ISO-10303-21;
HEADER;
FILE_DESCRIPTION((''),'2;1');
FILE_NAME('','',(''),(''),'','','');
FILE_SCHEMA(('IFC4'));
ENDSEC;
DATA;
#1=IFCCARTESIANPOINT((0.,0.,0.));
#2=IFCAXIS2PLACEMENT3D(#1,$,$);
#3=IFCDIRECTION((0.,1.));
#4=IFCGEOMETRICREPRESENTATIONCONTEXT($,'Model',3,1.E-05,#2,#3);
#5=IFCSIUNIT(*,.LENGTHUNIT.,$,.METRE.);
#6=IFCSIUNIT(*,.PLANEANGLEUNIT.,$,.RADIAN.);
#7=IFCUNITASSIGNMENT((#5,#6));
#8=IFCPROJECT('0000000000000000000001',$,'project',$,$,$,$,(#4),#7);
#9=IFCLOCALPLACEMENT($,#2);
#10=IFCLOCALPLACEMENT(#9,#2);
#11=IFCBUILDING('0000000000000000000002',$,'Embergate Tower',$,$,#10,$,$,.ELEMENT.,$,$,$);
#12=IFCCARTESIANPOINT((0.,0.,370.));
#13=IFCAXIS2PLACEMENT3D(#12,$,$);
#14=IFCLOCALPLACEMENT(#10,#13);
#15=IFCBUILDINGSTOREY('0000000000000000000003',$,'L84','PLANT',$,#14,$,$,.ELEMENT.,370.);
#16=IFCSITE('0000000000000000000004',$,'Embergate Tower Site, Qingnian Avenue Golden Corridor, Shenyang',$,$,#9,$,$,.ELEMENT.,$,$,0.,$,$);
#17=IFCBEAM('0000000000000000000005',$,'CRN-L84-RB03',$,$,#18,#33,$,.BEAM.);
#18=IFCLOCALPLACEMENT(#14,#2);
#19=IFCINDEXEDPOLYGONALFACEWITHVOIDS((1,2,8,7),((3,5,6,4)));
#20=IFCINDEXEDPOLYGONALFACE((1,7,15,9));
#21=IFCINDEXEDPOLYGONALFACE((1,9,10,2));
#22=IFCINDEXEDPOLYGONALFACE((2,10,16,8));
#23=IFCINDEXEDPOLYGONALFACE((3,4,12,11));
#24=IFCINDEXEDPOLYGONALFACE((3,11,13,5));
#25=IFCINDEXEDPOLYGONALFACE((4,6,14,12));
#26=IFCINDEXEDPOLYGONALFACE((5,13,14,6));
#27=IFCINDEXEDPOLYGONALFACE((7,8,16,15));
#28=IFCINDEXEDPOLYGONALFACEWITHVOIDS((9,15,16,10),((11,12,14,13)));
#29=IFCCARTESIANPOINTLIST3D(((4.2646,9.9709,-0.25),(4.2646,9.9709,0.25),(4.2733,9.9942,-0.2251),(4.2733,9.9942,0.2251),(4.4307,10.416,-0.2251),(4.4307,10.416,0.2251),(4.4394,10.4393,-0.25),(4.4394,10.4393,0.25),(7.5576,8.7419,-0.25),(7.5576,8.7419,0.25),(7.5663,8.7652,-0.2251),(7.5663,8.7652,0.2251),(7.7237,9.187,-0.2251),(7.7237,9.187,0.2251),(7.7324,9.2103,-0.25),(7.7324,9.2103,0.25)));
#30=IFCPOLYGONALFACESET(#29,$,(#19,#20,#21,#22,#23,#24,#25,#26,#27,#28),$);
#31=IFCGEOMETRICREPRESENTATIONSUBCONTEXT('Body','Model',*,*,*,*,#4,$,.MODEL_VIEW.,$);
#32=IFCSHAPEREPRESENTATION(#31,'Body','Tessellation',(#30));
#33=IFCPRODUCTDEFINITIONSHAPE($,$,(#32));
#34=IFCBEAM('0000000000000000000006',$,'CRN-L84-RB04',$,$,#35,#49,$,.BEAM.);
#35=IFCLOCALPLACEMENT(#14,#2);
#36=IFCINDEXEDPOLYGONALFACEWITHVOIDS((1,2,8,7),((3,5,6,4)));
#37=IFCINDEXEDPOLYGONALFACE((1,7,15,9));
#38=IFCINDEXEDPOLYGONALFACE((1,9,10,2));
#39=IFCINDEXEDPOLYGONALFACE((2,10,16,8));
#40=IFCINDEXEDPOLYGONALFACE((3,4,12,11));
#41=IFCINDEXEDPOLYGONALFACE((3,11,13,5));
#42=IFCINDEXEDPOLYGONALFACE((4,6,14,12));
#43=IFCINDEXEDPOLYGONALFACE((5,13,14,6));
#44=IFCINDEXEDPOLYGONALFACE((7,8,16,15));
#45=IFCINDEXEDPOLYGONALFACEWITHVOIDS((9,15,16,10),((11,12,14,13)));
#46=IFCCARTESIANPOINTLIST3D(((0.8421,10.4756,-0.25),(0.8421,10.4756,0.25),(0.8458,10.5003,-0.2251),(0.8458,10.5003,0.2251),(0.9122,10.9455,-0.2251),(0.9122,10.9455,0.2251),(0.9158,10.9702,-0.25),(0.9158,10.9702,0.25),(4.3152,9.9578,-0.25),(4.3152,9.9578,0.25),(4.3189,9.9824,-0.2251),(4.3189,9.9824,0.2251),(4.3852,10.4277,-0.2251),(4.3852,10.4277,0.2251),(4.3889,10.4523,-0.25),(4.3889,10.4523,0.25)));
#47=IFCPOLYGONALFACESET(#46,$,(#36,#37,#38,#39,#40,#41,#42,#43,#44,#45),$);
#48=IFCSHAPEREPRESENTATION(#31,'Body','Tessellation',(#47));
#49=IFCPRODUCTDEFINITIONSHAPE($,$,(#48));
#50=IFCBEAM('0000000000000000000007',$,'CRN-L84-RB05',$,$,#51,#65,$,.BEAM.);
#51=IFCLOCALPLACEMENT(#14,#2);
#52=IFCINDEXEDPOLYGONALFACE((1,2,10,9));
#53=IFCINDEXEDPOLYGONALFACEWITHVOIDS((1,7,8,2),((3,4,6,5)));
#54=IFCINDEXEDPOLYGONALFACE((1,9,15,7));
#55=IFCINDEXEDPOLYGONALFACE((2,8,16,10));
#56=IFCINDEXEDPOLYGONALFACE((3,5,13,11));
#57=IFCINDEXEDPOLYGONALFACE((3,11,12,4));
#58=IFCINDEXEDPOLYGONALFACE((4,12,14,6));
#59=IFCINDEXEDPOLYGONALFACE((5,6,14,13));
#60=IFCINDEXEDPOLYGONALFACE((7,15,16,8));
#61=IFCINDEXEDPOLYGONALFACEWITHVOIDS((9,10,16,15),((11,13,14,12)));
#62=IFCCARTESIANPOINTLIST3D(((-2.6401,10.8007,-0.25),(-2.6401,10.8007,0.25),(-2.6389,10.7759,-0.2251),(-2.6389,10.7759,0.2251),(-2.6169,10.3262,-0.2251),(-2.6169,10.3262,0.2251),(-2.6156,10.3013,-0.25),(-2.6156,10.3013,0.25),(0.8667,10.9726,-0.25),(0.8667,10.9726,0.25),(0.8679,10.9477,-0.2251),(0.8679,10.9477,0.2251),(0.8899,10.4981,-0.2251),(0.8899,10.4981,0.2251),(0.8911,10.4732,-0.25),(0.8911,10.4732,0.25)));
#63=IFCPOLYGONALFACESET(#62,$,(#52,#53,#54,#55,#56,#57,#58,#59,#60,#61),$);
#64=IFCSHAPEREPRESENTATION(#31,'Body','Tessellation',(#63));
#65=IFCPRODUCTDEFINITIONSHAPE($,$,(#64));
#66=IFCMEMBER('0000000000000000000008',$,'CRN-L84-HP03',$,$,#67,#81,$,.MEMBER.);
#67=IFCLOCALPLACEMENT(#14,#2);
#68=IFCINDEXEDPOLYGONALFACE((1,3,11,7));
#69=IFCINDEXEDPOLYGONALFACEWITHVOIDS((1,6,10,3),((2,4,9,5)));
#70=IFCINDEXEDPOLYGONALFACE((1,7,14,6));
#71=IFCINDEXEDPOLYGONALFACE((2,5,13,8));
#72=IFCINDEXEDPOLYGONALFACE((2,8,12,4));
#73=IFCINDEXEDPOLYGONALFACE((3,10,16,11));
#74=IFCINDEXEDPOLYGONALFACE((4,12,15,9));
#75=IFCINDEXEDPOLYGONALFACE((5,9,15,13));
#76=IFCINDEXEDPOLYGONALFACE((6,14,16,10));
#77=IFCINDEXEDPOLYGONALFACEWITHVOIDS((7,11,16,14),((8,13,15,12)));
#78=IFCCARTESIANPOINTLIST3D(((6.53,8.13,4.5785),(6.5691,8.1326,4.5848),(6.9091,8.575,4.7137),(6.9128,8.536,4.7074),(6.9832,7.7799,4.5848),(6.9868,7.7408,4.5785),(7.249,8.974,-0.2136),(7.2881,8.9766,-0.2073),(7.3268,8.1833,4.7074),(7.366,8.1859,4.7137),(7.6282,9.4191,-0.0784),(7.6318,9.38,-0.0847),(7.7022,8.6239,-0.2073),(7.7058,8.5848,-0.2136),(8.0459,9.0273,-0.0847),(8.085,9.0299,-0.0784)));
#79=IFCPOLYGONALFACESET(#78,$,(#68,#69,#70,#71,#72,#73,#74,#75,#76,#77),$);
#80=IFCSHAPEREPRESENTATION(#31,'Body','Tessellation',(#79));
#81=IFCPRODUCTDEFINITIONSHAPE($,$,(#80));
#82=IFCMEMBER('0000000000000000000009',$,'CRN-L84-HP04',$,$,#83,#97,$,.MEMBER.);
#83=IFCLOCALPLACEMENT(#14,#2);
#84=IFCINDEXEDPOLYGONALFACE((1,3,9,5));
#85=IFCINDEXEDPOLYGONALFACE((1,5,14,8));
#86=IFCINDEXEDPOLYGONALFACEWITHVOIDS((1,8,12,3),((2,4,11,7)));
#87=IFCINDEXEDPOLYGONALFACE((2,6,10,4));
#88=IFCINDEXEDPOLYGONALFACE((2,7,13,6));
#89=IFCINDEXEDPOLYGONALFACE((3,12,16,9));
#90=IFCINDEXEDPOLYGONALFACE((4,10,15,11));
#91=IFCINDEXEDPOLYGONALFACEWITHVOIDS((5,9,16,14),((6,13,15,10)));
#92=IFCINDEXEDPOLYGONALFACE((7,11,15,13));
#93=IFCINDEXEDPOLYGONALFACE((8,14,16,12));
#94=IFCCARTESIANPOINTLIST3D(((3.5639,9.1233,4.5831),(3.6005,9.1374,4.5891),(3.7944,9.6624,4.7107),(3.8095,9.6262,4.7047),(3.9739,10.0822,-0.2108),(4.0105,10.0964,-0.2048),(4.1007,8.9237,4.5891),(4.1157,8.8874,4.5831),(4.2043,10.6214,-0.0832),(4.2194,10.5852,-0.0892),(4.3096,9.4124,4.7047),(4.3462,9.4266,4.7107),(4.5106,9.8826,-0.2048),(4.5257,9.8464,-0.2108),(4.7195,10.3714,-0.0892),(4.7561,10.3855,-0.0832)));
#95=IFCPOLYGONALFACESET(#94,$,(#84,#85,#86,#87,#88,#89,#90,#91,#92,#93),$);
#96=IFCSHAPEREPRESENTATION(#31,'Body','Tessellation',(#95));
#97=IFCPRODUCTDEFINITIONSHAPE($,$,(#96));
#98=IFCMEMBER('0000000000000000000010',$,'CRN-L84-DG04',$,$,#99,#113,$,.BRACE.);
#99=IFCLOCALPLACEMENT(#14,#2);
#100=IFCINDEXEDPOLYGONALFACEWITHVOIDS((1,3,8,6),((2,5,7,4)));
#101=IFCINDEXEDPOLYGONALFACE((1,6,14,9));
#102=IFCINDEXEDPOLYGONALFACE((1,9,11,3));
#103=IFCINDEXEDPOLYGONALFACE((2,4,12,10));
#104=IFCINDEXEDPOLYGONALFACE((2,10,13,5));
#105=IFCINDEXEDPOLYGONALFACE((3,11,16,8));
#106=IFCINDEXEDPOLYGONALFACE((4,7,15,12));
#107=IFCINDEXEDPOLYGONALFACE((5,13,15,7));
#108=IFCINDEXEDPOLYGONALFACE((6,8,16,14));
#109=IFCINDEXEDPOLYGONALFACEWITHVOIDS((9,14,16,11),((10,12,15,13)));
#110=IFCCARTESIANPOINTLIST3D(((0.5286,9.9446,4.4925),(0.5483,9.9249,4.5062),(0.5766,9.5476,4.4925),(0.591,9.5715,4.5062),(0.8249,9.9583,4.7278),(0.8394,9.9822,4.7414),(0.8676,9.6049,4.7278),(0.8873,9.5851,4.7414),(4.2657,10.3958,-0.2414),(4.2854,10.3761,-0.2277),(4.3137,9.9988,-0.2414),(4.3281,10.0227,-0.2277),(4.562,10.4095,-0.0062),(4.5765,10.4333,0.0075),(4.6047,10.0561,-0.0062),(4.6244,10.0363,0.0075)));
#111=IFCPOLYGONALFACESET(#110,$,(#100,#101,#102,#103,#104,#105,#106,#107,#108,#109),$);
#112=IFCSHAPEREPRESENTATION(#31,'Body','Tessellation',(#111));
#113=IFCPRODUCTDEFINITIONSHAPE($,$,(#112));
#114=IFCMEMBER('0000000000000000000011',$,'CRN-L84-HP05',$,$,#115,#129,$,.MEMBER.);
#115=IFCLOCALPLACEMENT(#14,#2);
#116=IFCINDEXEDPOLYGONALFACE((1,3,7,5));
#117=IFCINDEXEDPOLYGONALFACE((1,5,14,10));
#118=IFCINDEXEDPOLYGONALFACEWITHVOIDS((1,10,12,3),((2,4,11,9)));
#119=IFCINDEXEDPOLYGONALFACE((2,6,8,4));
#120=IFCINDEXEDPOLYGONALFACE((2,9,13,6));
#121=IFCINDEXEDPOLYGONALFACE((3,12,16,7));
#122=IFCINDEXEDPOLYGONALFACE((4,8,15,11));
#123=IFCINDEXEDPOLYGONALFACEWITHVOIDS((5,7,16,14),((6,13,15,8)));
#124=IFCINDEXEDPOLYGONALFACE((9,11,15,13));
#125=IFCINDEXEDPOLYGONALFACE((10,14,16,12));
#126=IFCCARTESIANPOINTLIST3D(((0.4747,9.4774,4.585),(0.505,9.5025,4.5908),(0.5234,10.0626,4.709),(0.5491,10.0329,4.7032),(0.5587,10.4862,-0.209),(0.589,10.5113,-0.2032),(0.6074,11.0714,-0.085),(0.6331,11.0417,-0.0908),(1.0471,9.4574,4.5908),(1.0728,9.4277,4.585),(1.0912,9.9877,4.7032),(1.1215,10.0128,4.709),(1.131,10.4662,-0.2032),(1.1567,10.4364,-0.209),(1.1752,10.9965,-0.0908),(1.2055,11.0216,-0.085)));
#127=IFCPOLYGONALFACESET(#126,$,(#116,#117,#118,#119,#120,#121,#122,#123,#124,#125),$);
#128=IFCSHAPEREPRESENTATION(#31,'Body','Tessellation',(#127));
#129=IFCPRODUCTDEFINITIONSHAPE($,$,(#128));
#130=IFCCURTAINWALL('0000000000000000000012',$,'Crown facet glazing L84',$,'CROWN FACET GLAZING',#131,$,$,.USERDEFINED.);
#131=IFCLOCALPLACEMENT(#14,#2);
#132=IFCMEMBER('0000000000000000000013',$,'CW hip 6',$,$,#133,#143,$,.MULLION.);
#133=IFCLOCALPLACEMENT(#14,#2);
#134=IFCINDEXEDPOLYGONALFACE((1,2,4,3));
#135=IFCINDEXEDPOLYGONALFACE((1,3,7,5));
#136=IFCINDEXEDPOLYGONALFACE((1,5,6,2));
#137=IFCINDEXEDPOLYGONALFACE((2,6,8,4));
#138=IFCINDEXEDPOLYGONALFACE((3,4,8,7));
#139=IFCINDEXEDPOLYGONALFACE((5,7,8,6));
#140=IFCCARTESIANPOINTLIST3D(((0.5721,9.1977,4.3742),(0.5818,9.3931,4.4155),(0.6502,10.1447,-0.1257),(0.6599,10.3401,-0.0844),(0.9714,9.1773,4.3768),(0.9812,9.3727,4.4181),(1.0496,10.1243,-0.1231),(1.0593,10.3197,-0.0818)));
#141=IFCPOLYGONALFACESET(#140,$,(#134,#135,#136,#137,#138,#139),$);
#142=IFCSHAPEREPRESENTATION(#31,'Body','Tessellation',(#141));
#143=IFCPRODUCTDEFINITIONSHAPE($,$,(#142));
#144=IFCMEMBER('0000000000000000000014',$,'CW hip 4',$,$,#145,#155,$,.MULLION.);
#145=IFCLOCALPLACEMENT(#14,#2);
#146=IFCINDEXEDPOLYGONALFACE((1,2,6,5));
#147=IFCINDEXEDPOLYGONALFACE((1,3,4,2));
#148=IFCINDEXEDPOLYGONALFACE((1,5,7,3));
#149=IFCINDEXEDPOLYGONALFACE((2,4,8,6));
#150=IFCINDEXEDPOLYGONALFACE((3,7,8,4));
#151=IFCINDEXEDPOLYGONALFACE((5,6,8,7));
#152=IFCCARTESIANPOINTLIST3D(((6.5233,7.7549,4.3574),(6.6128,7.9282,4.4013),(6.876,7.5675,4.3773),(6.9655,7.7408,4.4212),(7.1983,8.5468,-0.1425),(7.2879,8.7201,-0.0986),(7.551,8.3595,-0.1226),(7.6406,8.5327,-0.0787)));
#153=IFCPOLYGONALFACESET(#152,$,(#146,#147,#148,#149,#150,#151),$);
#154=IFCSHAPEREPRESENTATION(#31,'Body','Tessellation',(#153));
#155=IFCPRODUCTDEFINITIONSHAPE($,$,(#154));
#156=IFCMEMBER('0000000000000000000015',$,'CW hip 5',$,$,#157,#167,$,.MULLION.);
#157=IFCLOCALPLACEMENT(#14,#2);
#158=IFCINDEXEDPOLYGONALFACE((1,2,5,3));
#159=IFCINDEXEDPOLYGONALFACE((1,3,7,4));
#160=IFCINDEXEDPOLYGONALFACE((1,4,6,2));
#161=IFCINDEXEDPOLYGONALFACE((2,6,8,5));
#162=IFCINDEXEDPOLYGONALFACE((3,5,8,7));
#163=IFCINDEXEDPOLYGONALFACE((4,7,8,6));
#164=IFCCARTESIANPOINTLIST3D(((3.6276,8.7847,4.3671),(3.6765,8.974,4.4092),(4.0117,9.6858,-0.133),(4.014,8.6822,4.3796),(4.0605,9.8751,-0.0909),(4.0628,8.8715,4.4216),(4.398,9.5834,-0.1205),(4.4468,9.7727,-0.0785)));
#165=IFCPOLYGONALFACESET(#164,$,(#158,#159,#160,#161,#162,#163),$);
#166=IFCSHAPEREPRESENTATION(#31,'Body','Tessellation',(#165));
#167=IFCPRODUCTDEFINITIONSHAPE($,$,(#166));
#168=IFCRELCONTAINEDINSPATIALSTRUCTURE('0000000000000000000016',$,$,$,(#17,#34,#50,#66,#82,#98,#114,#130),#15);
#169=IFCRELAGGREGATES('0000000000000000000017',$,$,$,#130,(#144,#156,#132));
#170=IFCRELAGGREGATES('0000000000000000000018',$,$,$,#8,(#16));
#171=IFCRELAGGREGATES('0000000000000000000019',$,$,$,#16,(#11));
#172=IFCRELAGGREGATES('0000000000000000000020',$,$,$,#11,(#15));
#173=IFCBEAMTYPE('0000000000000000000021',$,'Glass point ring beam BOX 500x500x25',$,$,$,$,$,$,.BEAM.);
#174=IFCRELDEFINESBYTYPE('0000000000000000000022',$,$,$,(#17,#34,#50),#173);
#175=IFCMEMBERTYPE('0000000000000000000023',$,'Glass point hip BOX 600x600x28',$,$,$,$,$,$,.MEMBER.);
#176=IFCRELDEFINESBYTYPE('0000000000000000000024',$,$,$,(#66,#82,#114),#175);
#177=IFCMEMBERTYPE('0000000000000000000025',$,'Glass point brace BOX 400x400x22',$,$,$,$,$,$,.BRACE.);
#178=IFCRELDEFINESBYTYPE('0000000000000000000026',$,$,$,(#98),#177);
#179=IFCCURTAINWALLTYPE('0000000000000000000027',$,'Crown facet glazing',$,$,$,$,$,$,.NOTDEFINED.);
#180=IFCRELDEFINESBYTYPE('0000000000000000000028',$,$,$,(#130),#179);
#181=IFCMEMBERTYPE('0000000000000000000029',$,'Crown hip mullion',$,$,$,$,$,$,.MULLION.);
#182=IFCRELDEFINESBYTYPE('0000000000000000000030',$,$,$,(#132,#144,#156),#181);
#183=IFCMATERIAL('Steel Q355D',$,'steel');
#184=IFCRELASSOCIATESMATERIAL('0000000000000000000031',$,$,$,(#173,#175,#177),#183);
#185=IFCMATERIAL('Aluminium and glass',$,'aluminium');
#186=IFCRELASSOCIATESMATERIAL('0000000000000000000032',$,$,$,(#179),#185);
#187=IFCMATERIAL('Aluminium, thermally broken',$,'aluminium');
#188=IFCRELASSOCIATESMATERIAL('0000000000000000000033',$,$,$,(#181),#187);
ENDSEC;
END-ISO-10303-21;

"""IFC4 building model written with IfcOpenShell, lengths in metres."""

from ifc_helpers import new_model, si_unit, direction, frame, origin, origin_2d, place, context, subcontext, project, spatial, rectangle, hollow_rectangle, extrude, source, transform, mapped, material, material_profile, profile_set, type_object, element, aggregate, save


model = new_model("IFC4")

# Units and contexts
model_context = context("Model", 3, precision=1e-05, world=origin(), true_north=direction((0.0, 1.0)))
body_context = subcontext(model_context, "Body", "Model", "MODEL_VIEW")
ifc_project = project(units=[si_unit("LENGTHUNIT", "METRE"), si_unit("PLANEANGLEUNIT", "RADIAN")], contexts=[model_context])

# Site, building, storey
site_placement = place(None, origin())
site = spatial("IfcSite", under=ifc_project, at=site_placement, Name="Embergate Tower Site, Qingnian Avenue Golden Corridor, Shenyang", CompositionType="ELEMENT", RefElevation=0.0)
building_placement = place(site_placement, origin())
building = spatial("IfcBuilding", under=site, at=building_placement, Name="Embergate Tower", CompositionType="ELEMENT")
storey_placement = place(building_placement, frame((0.0, 0.0, 370.0)))
storey = spatial("IfcBuildingStorey", under=building, at=storey_placement, Name="L84", Description="PLANT", CompositionType="ELEMENT", Elevation=370.0)

# Beams
ifc_material_1 = material(Name="Steel Q355D", Category="steel")
ifc_material_profile_1 = material_profile(ifc_material_1, hollow_rectangle(XDim=0.5, YDim=0.5, WallThickness=0.0249, at=origin_2d()), Name="BOX 500x500x25")
ifc_profile_set_1 = profile_set([ifc_material_profile_1], Name="Steel Q355 grade D")
beam_type = type_object("IfcBeamType", Name="Glass point ring beam BOX 500x500x25", PredefinedType="BEAM", material=ifc_profile_set_1)
shared_shape_1 = source(origin(), body_context, "Body", "SweptSolid", [
    extrude(hollow_rectangle(XDim=0.5, YDim=0.5, WallThickness=0.0249, at=origin_2d()), origin(), (0.0, 0.0, 1.0), 3.5149),
])
beam_1_placement = place(storey_placement, frame((7.645, 8.9761, 0.0), z_axis=(-0.936876, 0.349661, 0.0), x_axis=(-0.349661, -0.936876, 0.0)))
element("IfcBeam", 1, at=beam_1_placement, inside=storey, type_object=beam_type, Name="CRN-L84-RB03", PredefinedType="BEAM", context=body_context, shape_type="MappedRepresentation", body=[
    mapped(shared_shape_1, transform((0.0, 0.0, 0.0))),
])
shared_shape_2 = source(origin(), body_context, "Body", "SweptSolid", [
    extrude(hollow_rectangle(XDim=0.5, YDim=0.5, WallThickness=0.0249, at=origin_2d()), origin(), (0.0, 0.0, 1.0), 3.5115),
])
beam_2_placement = place(storey_placement, frame((4.3521, 10.2051, 0.0), z_axis=(-0.989068, 0.147463, 0.0), x_axis=(-0.147463, -0.989068, 0.0)))
element("IfcBeam", 2, at=beam_2_placement, inside=storey, type_object=beam_type, Name="CRN-L84-RB04", PredefinedType="BEAM", context=body_context, shape_type="MappedRepresentation", body=[
    mapped(shared_shape_2, transform((0.0, 0.0, 0.0))),
])
shared_shape_3 = source(origin(), body_context, "Body", "SweptSolid", [
    extrude(hollow_rectangle(XDim=0.5, YDim=0.5, WallThickness=0.0249, at=origin_2d()), origin(), (0.0, 0.0, 1.0), 3.511),
])
beam_3_placement = place(storey_placement, frame((0.8789, 10.7229, 0.0), z_axis=(-0.998801, -0.048953, 0.0), x_axis=(0.048953, -0.998801, 0.0)))
element("IfcBeam", 3, at=beam_3_placement, inside=storey, type_object=beam_type, Name="CRN-L84-RB05", PredefinedType="BEAM", context=body_context, shape_type="MappedRepresentation", body=[
    mapped(shared_shape_3, transform((0.0, 0.0, 0.0))),
])

# Members
ifc_material_profile_2 = material_profile(ifc_material_1, hollow_rectangle(XDim=0.6001, YDim=0.6001, WallThickness=0.0281, at=origin_2d()), Name="BOX 600x600x28")
ifc_profile_set_2 = profile_set([ifc_material_profile_2], Name="Steel Q355 grade D")
member_type_1 = type_object("IfcMemberType", Name="Glass point hip BOX 600x600x28", PredefinedType="MEMBER", material=ifc_profile_set_2)
shared_shape_4 = source(origin(), body_context, "Body", "SweptSolid", [
    extrude(hollow_rectangle(XDim=0.6001, YDim=0.6001, WallThickness=0.0281, at=origin_2d()), origin(), (0.0, 0.0, 1.0), 4.9187),
])
member_1_placement = place(storey_placement, frame((7.667, 9.002, -0.146), z_axis=(-0.146179, -0.171593, 0.974263), x_axis=(0.761227, -0.648485, 0.0)))
element("IfcMember", 4, at=member_1_placement, inside=storey, type_object=member_type_1, Name="CRN-L84-HP03", PredefinedType="MEMBER", context=body_context, shape_type="MappedRepresentation", body=[
    mapped(shared_shape_4, transform((0.0, 0.0, 0.0))),
])
shared_shape_5 = source(origin(), body_context, "Body", "SweptSolid", [
    extrude(hollow_rectangle(XDim=0.6001, YDim=0.6001, WallThickness=0.0281, at=origin_2d()), origin(), (0.0, 0.0, 1.0), 4.906),
])
member_2_placement = place(storey_placement, frame((4.365, 10.2339, -0.147), z_axis=(-0.083552, -0.195469, 0.977144), x_axis=(0.91952, -0.393043, 0.0)))
element("IfcMember", 5, at=member_2_placement, inside=storey, type_object=member_type_1, Name="CRN-L84-HP04", PredefinedType="MEMBER", context=body_context, shape_type="MappedRepresentation", body=[
    mapped(shared_shape_5, transform((0.0, 0.0, 0.0))),
])
ifc_material_profile_3 = material_profile(ifc_material_1, hollow_rectangle(XDim=0.3999, YDim=0.3999, WallThickness=0.022, at=origin_2d()), Name="BOX 400x400x22")
ifc_profile_set_3 = profile_set([ifc_material_profile_3], Name="Steel Q355 grade D")
member_type_2 = type_object("IfcMemberType", Name="Glass point brace BOX 400x400x22", PredefinedType="BRACE", material=ifc_profile_set_3)
shared_shape_6 = source(origin(), body_context, "Body", "SweptSolid", [
    extrude(hollow_rectangle(XDim=0.3999, YDim=0.3999, WallThickness=0.022, at=origin_2d()), origin(), (0.0, 0.0, 1.0), 6.0481),
])
member_3_placement = place(storey_placement, frame((4.4451, 10.2161, -0.1169), z_axis=(-0.617896, -0.074598, 0.782713), x_axis=(0.119859, -0.992791, 0.0)))
element("IfcMember", 6, at=member_3_placement, inside=storey, type_object=member_type_2, Name="CRN-L84-DG04", PredefinedType="BRACE", context=body_context, shape_type="MappedRepresentation", body=[
    mapped(shared_shape_6, transform((0.0, 0.0, 0.0))),
])
shared_shape_7 = source(origin(), body_context, "Body", "SweptSolid", [
    extrude(hollow_rectangle(XDim=0.6001, YDim=0.6001, WallThickness=0.0281, at=origin_2d()), origin(), (0.0, 0.0, 1.0), 4.8997),
])
member_4_placement = place(storey_placement, frame((0.8821, 10.7539, -0.147), z_axis=(-0.017141, -0.20589, 0.978425), x_axis=(0.996552, -0.082966, 0.0)))
element("IfcMember", 7, at=member_4_placement, inside=storey, type_object=member_type_1, Name="CRN-L84-HP05", PredefinedType="MEMBER", context=body_context, shape_type="MappedRepresentation", body=[
    mapped(shared_shape_7, transform((0.0, 0.0, 0.0))),
])

# Curtain wall, members
ifc_material_2 = material(Name="Aluminium and glass", Category="aluminium")
curtain_wall_type = type_object("IfcCurtainWallType", Name="Crown facet glazing", PredefinedType="NOTDEFINED", material=ifc_material_2)
curtain_wall_placement = place(storey_placement, origin())
curtain_wall = element("IfcCurtainWall", 8, at=curtain_wall_placement, inside=storey, type_object=curtain_wall_type, Name="Crown facet glazing L84", ObjectType="CROWN FACET GLAZING", PredefinedType="USERDEFINED")
ifc_material_3 = material(Name="Aluminium, thermally broken", Category="aluminium")
ifc_material_profile_4 = material_profile(ifc_material_3, rectangle(XDim=0.2, YDim=0.3999, at=origin_2d()), Name="AL 400x200")
ifc_profile_set_4 = profile_set([ifc_material_profile_4], Name="Aluminium, thermally broken")
member_type_3 = type_object("IfcMemberType", Name="Crown hip mullion", PredefinedType="MULLION", material=ifc_profile_set_4)
shared_shape_8 = source(origin(), body_context, "Body", "SweptSolid", [
    extrude(rectangle(XDim=0.2, YDim=0.3999, at=origin_2d()), origin(), (0.0, 0.0, 1.0), 4.5991),
])
member_5_placement = place(storey_placement, frame((0.8547, 10.2322, -0.1038), z_axis=(-0.016987, -0.205909, 0.978424), x_axis=(0.048553, 0.977241, 0.206502)))
member_5 = element("IfcMember", 9, at=member_5_placement, type_object=member_type_3, Name="CW hip 6", PredefinedType="MULLION", context=body_context, shape_type="MappedRepresentation", body=[
    mapped(shared_shape_8, transform((0.0, 0.0, 0.0))),
])
shared_shape_9 = source(origin(), body_context, "Body", "SweptSolid", [
    extrude(rectangle(XDim=0.2, YDim=0.3999, at=origin_2d()), origin(), (0.0, 0.0, 1.0), 4.6187),
])
member_6_placement = place(storey_placement, frame((7.4194, 8.5398, -0.1106), z_axis=(-0.146154, -0.171473, 0.974288), x_axis=(0.447976, 0.866625, 0.219726)))
member_6 = element("IfcMember", 10, at=member_6_placement, type_object=member_type_3, Name="CW hip 4", PredefinedType="MULLION", context=body_context, shape_type="MappedRepresentation", body=[
    mapped(shared_shape_9, transform((0.0, 0.0, 0.0))),
])
shared_shape_10 = source(origin(), body_context, "Body", "SweptSolid", [
    extrude(rectangle(XDim=0.2, YDim=0.3999, at=origin_2d()), origin(), (0.0, 0.0, 1.0), 4.6055),
])
member_7_placement = place(storey_placement, frame((4.2292, 9.7292, -0.1057), z_axis=(-0.083388, -0.195668, 0.977119), x_axis=(0.244272, 0.946605, 0.210404)))
member_7 = element("IfcMember", 11, at=member_7_placement, type_object=member_type_3, Name="CW hip 5", PredefinedType="MULLION", context=body_context, shape_type="MappedRepresentation", body=[
    mapped(shared_shape_10, transform((0.0, 0.0, 0.0))),
])
aggregate(curtain_wall, [member_6, member_7, member_5])

save(model, "model.ifc")
